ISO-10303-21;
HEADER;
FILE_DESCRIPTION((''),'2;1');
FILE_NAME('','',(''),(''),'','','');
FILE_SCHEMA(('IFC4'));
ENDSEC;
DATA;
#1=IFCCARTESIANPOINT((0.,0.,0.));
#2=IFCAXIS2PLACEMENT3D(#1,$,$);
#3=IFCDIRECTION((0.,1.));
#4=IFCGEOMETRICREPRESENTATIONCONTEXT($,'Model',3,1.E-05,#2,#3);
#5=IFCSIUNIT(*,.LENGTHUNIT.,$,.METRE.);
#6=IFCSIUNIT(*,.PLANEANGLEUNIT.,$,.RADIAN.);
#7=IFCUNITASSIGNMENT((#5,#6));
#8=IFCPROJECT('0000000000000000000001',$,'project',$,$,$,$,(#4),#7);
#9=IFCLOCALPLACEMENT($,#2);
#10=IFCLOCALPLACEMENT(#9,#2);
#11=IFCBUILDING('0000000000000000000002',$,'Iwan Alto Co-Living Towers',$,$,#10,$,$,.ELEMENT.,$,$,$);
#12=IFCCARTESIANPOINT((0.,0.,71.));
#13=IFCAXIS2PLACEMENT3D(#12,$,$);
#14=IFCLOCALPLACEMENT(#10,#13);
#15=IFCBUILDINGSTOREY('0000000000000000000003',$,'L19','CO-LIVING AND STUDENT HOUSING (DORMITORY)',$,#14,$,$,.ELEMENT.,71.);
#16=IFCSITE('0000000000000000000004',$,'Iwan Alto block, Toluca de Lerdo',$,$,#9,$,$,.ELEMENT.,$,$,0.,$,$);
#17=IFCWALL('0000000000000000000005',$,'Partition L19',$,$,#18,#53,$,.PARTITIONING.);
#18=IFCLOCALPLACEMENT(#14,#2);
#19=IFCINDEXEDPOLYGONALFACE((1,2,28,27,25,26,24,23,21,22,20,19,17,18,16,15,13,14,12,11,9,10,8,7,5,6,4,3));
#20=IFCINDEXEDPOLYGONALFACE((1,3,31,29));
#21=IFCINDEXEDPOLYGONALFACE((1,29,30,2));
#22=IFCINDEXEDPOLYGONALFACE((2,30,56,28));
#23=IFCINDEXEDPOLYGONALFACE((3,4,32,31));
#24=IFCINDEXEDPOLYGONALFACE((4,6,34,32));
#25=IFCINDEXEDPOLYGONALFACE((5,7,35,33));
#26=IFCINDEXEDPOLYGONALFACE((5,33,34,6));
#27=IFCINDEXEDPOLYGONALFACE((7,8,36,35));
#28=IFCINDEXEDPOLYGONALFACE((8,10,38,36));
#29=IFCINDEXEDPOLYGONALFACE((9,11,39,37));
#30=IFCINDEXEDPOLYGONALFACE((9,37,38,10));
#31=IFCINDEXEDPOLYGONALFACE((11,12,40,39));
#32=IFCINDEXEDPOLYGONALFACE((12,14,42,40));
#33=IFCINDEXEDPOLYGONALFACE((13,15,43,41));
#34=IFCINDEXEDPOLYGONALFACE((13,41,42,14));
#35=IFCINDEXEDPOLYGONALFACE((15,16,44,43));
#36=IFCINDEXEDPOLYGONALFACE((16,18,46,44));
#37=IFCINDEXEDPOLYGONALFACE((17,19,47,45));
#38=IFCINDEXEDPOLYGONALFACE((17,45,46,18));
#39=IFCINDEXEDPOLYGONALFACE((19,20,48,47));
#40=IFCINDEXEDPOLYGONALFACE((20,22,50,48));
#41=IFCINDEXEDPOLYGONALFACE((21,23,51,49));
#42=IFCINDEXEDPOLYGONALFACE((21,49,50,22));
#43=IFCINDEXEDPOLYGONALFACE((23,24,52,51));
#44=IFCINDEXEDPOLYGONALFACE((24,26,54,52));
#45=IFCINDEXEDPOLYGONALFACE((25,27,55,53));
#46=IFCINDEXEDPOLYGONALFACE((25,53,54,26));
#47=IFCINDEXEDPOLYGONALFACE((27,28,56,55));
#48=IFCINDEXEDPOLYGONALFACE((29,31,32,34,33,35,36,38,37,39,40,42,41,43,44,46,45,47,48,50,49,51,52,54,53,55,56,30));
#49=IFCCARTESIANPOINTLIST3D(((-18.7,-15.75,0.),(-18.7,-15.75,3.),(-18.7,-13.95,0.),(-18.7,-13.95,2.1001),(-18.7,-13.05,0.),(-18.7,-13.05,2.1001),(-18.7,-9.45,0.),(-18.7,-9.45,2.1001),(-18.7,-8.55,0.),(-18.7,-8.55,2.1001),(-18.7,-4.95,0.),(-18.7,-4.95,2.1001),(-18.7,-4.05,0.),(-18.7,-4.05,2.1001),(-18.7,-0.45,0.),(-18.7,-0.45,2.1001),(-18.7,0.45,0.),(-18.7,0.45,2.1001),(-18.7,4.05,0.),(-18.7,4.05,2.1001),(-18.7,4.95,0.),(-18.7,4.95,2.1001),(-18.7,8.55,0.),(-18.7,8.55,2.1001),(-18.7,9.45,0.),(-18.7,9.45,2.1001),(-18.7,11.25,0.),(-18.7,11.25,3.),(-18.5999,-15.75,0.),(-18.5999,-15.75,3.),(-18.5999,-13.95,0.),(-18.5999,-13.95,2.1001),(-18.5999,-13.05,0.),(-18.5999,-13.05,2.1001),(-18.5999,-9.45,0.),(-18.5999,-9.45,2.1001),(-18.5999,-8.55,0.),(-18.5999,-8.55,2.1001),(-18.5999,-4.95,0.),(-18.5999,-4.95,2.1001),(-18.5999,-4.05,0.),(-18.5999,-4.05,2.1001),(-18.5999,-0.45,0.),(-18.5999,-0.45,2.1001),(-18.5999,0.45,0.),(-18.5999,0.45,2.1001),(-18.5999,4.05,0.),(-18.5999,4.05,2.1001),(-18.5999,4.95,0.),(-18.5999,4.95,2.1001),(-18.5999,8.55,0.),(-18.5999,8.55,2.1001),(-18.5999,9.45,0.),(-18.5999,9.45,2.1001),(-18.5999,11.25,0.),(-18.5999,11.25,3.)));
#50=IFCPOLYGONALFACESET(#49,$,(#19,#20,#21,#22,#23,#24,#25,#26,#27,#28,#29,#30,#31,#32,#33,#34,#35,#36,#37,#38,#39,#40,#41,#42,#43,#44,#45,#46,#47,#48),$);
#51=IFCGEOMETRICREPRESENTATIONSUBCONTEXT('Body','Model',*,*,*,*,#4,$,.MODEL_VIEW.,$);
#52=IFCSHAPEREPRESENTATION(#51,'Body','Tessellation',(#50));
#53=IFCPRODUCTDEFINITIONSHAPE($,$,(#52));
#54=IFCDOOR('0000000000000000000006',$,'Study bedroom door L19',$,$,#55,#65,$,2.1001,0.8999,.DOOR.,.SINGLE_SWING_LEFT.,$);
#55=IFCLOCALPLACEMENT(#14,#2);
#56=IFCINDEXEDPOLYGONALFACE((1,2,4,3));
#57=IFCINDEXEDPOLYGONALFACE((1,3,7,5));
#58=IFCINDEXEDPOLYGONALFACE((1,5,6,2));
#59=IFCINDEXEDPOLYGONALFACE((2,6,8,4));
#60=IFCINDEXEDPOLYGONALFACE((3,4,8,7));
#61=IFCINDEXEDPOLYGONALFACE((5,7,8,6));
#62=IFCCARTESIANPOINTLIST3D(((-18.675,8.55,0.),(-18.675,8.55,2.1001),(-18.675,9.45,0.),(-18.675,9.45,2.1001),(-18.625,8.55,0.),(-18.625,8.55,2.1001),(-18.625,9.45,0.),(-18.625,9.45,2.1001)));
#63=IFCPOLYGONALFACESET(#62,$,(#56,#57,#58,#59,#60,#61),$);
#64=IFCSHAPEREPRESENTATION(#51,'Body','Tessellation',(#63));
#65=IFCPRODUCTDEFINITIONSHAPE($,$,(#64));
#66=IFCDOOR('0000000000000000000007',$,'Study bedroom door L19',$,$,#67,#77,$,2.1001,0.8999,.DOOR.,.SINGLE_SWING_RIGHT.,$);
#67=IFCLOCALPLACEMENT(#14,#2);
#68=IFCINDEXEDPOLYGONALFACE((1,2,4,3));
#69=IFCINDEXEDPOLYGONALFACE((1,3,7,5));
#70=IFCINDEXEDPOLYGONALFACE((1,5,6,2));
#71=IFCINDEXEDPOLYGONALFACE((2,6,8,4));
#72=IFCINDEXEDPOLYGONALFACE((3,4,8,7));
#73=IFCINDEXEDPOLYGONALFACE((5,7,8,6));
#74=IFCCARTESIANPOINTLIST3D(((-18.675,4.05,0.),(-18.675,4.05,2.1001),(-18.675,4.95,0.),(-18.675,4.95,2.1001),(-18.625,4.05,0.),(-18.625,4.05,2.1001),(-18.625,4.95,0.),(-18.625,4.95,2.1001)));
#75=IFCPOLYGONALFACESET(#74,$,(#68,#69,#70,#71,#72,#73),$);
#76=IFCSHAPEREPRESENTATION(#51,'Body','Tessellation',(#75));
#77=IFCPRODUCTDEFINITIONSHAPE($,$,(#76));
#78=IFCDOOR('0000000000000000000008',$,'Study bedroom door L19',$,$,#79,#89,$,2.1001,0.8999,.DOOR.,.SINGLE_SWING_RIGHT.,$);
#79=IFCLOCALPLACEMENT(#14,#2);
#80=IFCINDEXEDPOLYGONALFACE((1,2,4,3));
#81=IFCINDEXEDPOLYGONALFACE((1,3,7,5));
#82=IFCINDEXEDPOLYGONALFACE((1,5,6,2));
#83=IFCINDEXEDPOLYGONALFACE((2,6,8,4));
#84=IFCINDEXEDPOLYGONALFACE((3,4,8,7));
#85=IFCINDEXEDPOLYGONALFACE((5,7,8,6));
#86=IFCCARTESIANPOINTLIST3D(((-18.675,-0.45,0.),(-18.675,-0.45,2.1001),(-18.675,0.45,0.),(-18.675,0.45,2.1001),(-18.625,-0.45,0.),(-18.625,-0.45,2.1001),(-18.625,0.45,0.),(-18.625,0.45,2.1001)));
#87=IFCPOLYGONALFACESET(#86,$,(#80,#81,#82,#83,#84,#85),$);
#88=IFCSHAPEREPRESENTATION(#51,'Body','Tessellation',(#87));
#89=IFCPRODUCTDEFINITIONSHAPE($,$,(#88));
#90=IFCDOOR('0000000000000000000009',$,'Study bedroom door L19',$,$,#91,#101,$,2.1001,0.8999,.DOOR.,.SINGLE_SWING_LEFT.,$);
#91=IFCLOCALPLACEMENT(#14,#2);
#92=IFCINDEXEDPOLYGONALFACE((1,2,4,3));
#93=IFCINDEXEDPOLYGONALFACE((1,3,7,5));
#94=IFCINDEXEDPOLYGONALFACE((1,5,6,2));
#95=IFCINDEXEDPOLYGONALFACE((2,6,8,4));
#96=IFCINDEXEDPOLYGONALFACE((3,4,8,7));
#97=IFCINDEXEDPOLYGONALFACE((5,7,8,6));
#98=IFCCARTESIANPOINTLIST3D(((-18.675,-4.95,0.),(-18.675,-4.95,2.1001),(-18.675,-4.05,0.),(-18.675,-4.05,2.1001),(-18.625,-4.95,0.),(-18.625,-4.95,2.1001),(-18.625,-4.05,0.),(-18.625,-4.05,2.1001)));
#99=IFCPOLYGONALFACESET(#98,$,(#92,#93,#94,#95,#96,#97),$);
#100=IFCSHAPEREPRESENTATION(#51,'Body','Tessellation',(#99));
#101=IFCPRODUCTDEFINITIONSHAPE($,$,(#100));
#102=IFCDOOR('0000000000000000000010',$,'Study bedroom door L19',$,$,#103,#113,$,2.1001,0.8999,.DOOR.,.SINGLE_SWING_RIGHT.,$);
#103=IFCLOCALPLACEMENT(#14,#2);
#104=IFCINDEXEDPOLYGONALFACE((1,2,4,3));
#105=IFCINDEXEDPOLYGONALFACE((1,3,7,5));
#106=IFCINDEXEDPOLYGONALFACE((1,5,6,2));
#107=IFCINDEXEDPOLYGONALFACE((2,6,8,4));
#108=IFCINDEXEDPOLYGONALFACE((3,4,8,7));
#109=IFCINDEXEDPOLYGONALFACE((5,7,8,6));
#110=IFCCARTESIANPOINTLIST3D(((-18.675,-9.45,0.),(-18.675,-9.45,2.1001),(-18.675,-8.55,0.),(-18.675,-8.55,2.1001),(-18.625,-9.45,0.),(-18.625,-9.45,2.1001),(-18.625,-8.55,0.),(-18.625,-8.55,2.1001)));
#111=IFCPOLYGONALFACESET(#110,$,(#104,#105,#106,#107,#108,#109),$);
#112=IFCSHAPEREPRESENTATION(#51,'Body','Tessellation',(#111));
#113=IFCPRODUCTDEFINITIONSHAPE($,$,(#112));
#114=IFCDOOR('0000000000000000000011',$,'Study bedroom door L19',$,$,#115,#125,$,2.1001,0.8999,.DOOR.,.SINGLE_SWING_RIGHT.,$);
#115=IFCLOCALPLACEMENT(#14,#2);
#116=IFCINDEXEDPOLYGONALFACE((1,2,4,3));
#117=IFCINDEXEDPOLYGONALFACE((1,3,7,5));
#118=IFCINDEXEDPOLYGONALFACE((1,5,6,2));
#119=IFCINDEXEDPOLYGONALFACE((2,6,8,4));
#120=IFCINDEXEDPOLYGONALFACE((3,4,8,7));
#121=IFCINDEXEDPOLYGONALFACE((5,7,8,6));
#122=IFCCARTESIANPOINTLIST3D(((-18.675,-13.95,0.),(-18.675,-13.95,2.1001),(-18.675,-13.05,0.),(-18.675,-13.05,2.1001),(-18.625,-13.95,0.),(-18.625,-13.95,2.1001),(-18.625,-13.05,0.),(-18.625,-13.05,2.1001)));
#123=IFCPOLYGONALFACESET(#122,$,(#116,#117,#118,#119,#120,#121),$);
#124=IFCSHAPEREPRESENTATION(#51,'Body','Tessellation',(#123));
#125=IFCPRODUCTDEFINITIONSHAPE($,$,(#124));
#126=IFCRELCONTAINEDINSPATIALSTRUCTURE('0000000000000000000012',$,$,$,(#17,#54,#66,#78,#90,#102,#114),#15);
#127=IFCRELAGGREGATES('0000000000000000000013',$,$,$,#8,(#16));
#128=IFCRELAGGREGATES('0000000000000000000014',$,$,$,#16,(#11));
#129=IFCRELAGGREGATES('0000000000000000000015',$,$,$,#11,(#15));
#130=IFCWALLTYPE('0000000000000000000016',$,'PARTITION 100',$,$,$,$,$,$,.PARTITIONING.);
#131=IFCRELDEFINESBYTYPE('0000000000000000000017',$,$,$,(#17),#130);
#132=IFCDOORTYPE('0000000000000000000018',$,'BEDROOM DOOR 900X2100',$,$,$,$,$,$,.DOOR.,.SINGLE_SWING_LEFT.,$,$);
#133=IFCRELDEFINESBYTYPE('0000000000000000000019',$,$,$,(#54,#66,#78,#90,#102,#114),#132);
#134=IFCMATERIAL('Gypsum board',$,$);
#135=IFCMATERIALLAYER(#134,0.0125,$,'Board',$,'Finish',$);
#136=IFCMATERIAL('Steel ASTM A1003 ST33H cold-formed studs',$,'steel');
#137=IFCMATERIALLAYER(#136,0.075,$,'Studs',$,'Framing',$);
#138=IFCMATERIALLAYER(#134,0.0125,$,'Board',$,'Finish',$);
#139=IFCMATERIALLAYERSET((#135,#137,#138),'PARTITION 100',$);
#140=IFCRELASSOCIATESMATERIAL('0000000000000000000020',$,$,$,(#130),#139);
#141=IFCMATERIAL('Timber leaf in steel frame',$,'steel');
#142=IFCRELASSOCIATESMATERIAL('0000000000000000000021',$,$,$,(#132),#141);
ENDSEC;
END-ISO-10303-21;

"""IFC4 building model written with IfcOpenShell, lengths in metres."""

from ifc_helpers import new_model, si_unit, direction, frame, frame_2d, origin, place, context, subcontext, project, spatial, rectangle, extrude, material, layer, layer_set, type_object, element, fill, save


model = new_model("IFC4")

# Units and contexts
model_context = context("Model", 3, precision=1e-05, world=origin(), true_north=direction((0.0, 1.0)))
body_context = subcontext(model_context, "Body", "Model", "MODEL_VIEW")
ifc_project = project(units=[si_unit("LENGTHUNIT", "METRE"), si_unit("PLANEANGLEUNIT", "RADIAN")], contexts=[model_context])

# Site, building, storey
site_placement = place(None, origin())
site = spatial("IfcSite", under=ifc_project, at=site_placement, Name="Iwan Alto block, Toluca de Lerdo", CompositionType="ELEMENT", RefElevation=0.0)
building_placement = place(site_placement, origin())
building = spatial("IfcBuilding", under=site, at=building_placement, Name="Iwan Alto Co-Living Towers", CompositionType="ELEMENT")
storey_placement = place(building_placement, frame((0.0, 0.0, 71.0)))
storey = spatial("IfcBuildingStorey", under=building, at=storey_placement, Name="L19", Description="CO-LIVING AND STUDENT HOUSING (DORMITORY)", CompositionType="ELEMENT", Elevation=71.0)

# Shared definitions
ifc_material_1 = material(Name="Gypsum board")
ifc_material_2 = material(Name="Steel ASTM A1003 ST33H cold-formed studs", Category="steel")
ifc_layer_1 = layer(ifc_material_1, 0.0125, Name="Board", Category="Finish")
ifc_layer_2 = layer(ifc_material_2, 0.075, Name="Studs", Category="Framing")
ifc_layer_3 = layer(ifc_material_1, 0.0125, Name="Board", Category="Finish")
ifc_layer_set_1 = layer_set([ifc_layer_1, ifc_layer_2, ifc_layer_3], Name="PARTITION 100")
wall_type_1 = type_object("IfcWallType", Name="PARTITION 100", PredefinedType="PARTITIONING", material=ifc_layer_set_1)
ifc_material_3 = material(Name="Timber leaf in steel frame", Category="steel")
door_type_1 = type_object("IfcDoorType", Name="BEDROOM DOOR 900X2100", OperationType="SINGLE_SWING_LEFT", PredefinedType="DOOR", material=ifc_material_3)

# Wall, openings, doors
wall_1_placement = place(storey_placement, frame((-18.6499, -15.75, 0.0), z_axis=(0.0, 0.0, 1.0), x_axis=(0.0, 1.0, 0.0)))
wall_1 = element("IfcWall", 1, at=wall_1_placement, inside=storey, type_object=wall_type_1, Name="Partition L19", PredefinedType="PARTITIONING", context=body_context, shape_type="SweptSolid", body=[
    extrude(rectangle(XDim=27.0, YDim=0.1001, at=frame_2d((13.5, 0.0))), origin(), (0.0, 0.0, 1.0), 3.0),
])
opening_1_placement = place(wall_1_placement, frame((24.3, 0.0, 0.0)))
opening_1 = element("IfcOpeningElement", 2, at=opening_1_placement, cuts=wall_1, PredefinedType="OPENING", context=body_context, shape_type="SweptSolid", body=[
    extrude(rectangle(XDim=0.8999, YDim=2.1001, at=frame_2d((0.45, 1.05))), frame((0.0, 0.0601, 0.0), z_axis=(0.0, -1.0, 0.0), x_axis=(1.0, 0.0, 0.0)), (0.0, 0.0, 1.0), 0.1201),
])
opening_2_placement = place(wall_1_placement, frame((19.8, 0.0, 0.0)))
opening_2 = element("IfcOpeningElement", 3, at=opening_2_placement, cuts=wall_1, PredefinedType="OPENING", context=body_context, shape_type="SweptSolid", body=[
    extrude(rectangle(XDim=0.8999, YDim=2.1001, at=frame_2d((0.45, 1.05))), frame((0.0, 0.0601, 0.0), z_axis=(0.0, -1.0, 0.0), x_axis=(1.0, 0.0, 0.0)), (0.0, 0.0, 1.0), 0.1201),
])
opening_3_placement = place(wall_1_placement, frame((15.3, 0.0, 0.0)))
opening_3 = element("IfcOpeningElement", 4, at=opening_3_placement, cuts=wall_1, PredefinedType="OPENING", context=body_context, shape_type="SweptSolid", body=[
    extrude(rectangle(XDim=0.8999, YDim=2.1001, at=frame_2d((0.45, 1.05))), frame((0.0, 0.0601, 0.0), z_axis=(0.0, -1.0, 0.0), x_axis=(1.0, 0.0, 0.0)), (0.0, 0.0, 1.0), 0.1201),
])
opening_4_placement = place(wall_1_placement, frame((10.8, 0.0, 0.0)))
opening_4 = element("IfcOpeningElement", 5, at=opening_4_placement, cuts=wall_1, PredefinedType="OPENING", context=body_context, shape_type="SweptSolid", body=[
    extrude(rectangle(XDim=0.8999, YDim=2.1001, at=frame_2d((0.45, 1.05))), frame((0.0, 0.0601, 0.0), z_axis=(0.0, -1.0, 0.0), x_axis=(1.0, 0.0, 0.0)), (0.0, 0.0, 1.0), 0.1201),
])
opening_5_placement = place(wall_1_placement, frame((6.3, 0.0, 0.0)))
opening_5 = element("IfcOpeningElement", 6, at=opening_5_placement, cuts=wall_1, PredefinedType="OPENING", context=body_context, shape_type="SweptSolid", body=[
    extrude(rectangle(XDim=0.8999, YDim=2.1001, at=frame_2d((0.45, 1.05))), frame((0.0, 0.0601, 0.0), z_axis=(0.0, -1.0, 0.0), x_axis=(1.0, 0.0, 0.0)), (0.0, 0.0, 1.0), 0.1201),
])
opening_6_placement = place(wall_1_placement, frame((1.8, 0.0, 0.0)))
opening_6 = element("IfcOpeningElement", 7, at=opening_6_placement, cuts=wall_1, PredefinedType="OPENING", context=body_context, shape_type="SweptSolid", body=[
    extrude(rectangle(XDim=0.8999, YDim=2.1001, at=frame_2d((0.45, 1.05))), frame((0.0, 0.0601, 0.0), z_axis=(0.0, -1.0, 0.0), x_axis=(1.0, 0.0, 0.0)), (0.0, 0.0, 1.0), 0.1201),
])
door_1_placement = place(opening_1_placement, frame((0.8999, 0.0, 0.0), z_axis=(0.0, 0.0, 1.0), x_axis=(-1.0, 0.0, 0.0)))
door_1 = element("IfcDoor", 8, at=door_1_placement, inside=storey, type_object=door_type_1, Name="Study bedroom door L19", OperationType="SINGLE_SWING_LEFT", OverallHeight=2.1001, OverallWidth=0.8999, PredefinedType="DOOR", context=body_context, shape_type="SweptSolid", body=[
    extrude(rectangle(XDim=0.8999, YDim=2.1001, at=frame_2d((0.45, 1.05))), frame((0.0, 0.0249, 0.0), z_axis=(0.0, -1.0, 0.0), x_axis=(1.0, 0.0, 0.0)), (0.0, 0.0, 1.0), 0.05),
])
fill(opening_1, door_1)
door_2_placement = place(opening_2_placement, frame((0.8999, 0.0, 0.0), z_axis=(0.0, 0.0, 1.0), x_axis=(-1.0, 0.0, 0.0)))
door_2 = element("IfcDoor", 9, at=door_2_placement, inside=storey, type_object=door_type_1, Name="Study bedroom door L19", OperationType="SINGLE_SWING_RIGHT", OverallHeight=2.1001, OverallWidth=0.8999, PredefinedType="DOOR", context=body_context, shape_type="SweptSolid", body=[
    extrude(rectangle(XDim=0.8999, YDim=2.1001, at=frame_2d((0.45, 1.05))), frame((0.0, 0.0249, 0.0), z_axis=(0.0, -1.0, 0.0), x_axis=(1.0, 0.0, 0.0)), (0.0, 0.0, 1.0), 0.05),
])
fill(opening_2, door_2)
door_3_placement = place(opening_3_placement, frame((0.8999, 0.0, 0.0), z_axis=(0.0, 0.0, 1.0), x_axis=(-1.0, 0.0, 0.0)))
door_3 = element("IfcDoor", 10, at=door_3_placement, inside=storey, type_object=door_type_1, Name="Study bedroom door L19", OperationType="SINGLE_SWING_RIGHT", OverallHeight=2.1001, OverallWidth=0.8999, PredefinedType="DOOR", context=body_context, shape_type="SweptSolid", body=[
    extrude(rectangle(XDim=0.8999, YDim=2.1001, at=frame_2d((0.45, 1.05))), frame((0.0, 0.0249, 0.0), z_axis=(0.0, -1.0, 0.0), x_axis=(1.0, 0.0, 0.0)), (0.0, 0.0, 1.0), 0.05),
])
fill(opening_3, door_3)
door_4_placement = place(opening_4_placement, frame((0.8999, 0.0, 0.0), z_axis=(0.0, 0.0, 1.0), x_axis=(-1.0, 0.0, 0.0)))
door_4 = element("IfcDoor", 11, at=door_4_placement, inside=storey, type_object=door_type_1, Name="Study bedroom door L19", OperationType="SINGLE_SWING_LEFT", OverallHeight=2.1001, OverallWidth=0.8999, PredefinedType="DOOR", context=body_context, shape_type="SweptSolid", body=[
    extrude(rectangle(XDim=0.8999, YDim=2.1001, at=frame_2d((0.45, 1.05))), frame((0.0, 0.0249, 0.0), z_axis=(0.0, -1.0, 0.0), x_axis=(1.0, 0.0, 0.0)), (0.0, 0.0, 1.0), 0.05),
])
fill(opening_4, door_4)
door_5_placement = place(opening_5_placement, frame((0.8999, 0.0, 0.0), z_axis=(0.0, 0.0, 1.0), x_axis=(-1.0, 0.0, 0.0)))
door_5 = element("IfcDoor", 12, at=door_5_placement, inside=storey, type_object=door_type_1, Name="Study bedroom door L19", OperationType="SINGLE_SWING_RIGHT", OverallHeight=2.1001, OverallWidth=0.8999, PredefinedType="DOOR", context=body_context, shape_type="SweptSolid", body=[
    extrude(rectangle(XDim=0.8999, YDim=2.1001, at=frame_2d((0.45, 1.05))), frame((0.0, 0.0249, 0.0), z_axis=(0.0, -1.0, 0.0), x_axis=(1.0, 0.0, 0.0)), (0.0, 0.0, 1.0), 0.05),
])
fill(opening_5, door_5)
door_6_placement = place(opening_6_placement, frame((0.8999, 0.0, 0.0), z_axis=(0.0, 0.0, 1.0), x_axis=(-1.0, 0.0, 0.0)))
door_6 = element("IfcDoor", 13, at=door_6_placement, inside=storey, type_object=door_type_1, Name="Study bedroom door L19", OperationType="SINGLE_SWING_RIGHT", OverallHeight=2.1001, OverallWidth=0.8999, PredefinedType="DOOR", context=body_context, shape_type="SweptSolid", body=[
    extrude(rectangle(XDim=0.8999, YDim=2.1001, at=frame_2d((0.45, 1.05))), frame((0.0, 0.0249, 0.0), z_axis=(0.0, -1.0, 0.0), x_axis=(1.0, 0.0, 0.0)), (0.0, 0.0, 1.0), 0.05),
])
fill(opening_6, door_6)

save(model, "model.ifc")
